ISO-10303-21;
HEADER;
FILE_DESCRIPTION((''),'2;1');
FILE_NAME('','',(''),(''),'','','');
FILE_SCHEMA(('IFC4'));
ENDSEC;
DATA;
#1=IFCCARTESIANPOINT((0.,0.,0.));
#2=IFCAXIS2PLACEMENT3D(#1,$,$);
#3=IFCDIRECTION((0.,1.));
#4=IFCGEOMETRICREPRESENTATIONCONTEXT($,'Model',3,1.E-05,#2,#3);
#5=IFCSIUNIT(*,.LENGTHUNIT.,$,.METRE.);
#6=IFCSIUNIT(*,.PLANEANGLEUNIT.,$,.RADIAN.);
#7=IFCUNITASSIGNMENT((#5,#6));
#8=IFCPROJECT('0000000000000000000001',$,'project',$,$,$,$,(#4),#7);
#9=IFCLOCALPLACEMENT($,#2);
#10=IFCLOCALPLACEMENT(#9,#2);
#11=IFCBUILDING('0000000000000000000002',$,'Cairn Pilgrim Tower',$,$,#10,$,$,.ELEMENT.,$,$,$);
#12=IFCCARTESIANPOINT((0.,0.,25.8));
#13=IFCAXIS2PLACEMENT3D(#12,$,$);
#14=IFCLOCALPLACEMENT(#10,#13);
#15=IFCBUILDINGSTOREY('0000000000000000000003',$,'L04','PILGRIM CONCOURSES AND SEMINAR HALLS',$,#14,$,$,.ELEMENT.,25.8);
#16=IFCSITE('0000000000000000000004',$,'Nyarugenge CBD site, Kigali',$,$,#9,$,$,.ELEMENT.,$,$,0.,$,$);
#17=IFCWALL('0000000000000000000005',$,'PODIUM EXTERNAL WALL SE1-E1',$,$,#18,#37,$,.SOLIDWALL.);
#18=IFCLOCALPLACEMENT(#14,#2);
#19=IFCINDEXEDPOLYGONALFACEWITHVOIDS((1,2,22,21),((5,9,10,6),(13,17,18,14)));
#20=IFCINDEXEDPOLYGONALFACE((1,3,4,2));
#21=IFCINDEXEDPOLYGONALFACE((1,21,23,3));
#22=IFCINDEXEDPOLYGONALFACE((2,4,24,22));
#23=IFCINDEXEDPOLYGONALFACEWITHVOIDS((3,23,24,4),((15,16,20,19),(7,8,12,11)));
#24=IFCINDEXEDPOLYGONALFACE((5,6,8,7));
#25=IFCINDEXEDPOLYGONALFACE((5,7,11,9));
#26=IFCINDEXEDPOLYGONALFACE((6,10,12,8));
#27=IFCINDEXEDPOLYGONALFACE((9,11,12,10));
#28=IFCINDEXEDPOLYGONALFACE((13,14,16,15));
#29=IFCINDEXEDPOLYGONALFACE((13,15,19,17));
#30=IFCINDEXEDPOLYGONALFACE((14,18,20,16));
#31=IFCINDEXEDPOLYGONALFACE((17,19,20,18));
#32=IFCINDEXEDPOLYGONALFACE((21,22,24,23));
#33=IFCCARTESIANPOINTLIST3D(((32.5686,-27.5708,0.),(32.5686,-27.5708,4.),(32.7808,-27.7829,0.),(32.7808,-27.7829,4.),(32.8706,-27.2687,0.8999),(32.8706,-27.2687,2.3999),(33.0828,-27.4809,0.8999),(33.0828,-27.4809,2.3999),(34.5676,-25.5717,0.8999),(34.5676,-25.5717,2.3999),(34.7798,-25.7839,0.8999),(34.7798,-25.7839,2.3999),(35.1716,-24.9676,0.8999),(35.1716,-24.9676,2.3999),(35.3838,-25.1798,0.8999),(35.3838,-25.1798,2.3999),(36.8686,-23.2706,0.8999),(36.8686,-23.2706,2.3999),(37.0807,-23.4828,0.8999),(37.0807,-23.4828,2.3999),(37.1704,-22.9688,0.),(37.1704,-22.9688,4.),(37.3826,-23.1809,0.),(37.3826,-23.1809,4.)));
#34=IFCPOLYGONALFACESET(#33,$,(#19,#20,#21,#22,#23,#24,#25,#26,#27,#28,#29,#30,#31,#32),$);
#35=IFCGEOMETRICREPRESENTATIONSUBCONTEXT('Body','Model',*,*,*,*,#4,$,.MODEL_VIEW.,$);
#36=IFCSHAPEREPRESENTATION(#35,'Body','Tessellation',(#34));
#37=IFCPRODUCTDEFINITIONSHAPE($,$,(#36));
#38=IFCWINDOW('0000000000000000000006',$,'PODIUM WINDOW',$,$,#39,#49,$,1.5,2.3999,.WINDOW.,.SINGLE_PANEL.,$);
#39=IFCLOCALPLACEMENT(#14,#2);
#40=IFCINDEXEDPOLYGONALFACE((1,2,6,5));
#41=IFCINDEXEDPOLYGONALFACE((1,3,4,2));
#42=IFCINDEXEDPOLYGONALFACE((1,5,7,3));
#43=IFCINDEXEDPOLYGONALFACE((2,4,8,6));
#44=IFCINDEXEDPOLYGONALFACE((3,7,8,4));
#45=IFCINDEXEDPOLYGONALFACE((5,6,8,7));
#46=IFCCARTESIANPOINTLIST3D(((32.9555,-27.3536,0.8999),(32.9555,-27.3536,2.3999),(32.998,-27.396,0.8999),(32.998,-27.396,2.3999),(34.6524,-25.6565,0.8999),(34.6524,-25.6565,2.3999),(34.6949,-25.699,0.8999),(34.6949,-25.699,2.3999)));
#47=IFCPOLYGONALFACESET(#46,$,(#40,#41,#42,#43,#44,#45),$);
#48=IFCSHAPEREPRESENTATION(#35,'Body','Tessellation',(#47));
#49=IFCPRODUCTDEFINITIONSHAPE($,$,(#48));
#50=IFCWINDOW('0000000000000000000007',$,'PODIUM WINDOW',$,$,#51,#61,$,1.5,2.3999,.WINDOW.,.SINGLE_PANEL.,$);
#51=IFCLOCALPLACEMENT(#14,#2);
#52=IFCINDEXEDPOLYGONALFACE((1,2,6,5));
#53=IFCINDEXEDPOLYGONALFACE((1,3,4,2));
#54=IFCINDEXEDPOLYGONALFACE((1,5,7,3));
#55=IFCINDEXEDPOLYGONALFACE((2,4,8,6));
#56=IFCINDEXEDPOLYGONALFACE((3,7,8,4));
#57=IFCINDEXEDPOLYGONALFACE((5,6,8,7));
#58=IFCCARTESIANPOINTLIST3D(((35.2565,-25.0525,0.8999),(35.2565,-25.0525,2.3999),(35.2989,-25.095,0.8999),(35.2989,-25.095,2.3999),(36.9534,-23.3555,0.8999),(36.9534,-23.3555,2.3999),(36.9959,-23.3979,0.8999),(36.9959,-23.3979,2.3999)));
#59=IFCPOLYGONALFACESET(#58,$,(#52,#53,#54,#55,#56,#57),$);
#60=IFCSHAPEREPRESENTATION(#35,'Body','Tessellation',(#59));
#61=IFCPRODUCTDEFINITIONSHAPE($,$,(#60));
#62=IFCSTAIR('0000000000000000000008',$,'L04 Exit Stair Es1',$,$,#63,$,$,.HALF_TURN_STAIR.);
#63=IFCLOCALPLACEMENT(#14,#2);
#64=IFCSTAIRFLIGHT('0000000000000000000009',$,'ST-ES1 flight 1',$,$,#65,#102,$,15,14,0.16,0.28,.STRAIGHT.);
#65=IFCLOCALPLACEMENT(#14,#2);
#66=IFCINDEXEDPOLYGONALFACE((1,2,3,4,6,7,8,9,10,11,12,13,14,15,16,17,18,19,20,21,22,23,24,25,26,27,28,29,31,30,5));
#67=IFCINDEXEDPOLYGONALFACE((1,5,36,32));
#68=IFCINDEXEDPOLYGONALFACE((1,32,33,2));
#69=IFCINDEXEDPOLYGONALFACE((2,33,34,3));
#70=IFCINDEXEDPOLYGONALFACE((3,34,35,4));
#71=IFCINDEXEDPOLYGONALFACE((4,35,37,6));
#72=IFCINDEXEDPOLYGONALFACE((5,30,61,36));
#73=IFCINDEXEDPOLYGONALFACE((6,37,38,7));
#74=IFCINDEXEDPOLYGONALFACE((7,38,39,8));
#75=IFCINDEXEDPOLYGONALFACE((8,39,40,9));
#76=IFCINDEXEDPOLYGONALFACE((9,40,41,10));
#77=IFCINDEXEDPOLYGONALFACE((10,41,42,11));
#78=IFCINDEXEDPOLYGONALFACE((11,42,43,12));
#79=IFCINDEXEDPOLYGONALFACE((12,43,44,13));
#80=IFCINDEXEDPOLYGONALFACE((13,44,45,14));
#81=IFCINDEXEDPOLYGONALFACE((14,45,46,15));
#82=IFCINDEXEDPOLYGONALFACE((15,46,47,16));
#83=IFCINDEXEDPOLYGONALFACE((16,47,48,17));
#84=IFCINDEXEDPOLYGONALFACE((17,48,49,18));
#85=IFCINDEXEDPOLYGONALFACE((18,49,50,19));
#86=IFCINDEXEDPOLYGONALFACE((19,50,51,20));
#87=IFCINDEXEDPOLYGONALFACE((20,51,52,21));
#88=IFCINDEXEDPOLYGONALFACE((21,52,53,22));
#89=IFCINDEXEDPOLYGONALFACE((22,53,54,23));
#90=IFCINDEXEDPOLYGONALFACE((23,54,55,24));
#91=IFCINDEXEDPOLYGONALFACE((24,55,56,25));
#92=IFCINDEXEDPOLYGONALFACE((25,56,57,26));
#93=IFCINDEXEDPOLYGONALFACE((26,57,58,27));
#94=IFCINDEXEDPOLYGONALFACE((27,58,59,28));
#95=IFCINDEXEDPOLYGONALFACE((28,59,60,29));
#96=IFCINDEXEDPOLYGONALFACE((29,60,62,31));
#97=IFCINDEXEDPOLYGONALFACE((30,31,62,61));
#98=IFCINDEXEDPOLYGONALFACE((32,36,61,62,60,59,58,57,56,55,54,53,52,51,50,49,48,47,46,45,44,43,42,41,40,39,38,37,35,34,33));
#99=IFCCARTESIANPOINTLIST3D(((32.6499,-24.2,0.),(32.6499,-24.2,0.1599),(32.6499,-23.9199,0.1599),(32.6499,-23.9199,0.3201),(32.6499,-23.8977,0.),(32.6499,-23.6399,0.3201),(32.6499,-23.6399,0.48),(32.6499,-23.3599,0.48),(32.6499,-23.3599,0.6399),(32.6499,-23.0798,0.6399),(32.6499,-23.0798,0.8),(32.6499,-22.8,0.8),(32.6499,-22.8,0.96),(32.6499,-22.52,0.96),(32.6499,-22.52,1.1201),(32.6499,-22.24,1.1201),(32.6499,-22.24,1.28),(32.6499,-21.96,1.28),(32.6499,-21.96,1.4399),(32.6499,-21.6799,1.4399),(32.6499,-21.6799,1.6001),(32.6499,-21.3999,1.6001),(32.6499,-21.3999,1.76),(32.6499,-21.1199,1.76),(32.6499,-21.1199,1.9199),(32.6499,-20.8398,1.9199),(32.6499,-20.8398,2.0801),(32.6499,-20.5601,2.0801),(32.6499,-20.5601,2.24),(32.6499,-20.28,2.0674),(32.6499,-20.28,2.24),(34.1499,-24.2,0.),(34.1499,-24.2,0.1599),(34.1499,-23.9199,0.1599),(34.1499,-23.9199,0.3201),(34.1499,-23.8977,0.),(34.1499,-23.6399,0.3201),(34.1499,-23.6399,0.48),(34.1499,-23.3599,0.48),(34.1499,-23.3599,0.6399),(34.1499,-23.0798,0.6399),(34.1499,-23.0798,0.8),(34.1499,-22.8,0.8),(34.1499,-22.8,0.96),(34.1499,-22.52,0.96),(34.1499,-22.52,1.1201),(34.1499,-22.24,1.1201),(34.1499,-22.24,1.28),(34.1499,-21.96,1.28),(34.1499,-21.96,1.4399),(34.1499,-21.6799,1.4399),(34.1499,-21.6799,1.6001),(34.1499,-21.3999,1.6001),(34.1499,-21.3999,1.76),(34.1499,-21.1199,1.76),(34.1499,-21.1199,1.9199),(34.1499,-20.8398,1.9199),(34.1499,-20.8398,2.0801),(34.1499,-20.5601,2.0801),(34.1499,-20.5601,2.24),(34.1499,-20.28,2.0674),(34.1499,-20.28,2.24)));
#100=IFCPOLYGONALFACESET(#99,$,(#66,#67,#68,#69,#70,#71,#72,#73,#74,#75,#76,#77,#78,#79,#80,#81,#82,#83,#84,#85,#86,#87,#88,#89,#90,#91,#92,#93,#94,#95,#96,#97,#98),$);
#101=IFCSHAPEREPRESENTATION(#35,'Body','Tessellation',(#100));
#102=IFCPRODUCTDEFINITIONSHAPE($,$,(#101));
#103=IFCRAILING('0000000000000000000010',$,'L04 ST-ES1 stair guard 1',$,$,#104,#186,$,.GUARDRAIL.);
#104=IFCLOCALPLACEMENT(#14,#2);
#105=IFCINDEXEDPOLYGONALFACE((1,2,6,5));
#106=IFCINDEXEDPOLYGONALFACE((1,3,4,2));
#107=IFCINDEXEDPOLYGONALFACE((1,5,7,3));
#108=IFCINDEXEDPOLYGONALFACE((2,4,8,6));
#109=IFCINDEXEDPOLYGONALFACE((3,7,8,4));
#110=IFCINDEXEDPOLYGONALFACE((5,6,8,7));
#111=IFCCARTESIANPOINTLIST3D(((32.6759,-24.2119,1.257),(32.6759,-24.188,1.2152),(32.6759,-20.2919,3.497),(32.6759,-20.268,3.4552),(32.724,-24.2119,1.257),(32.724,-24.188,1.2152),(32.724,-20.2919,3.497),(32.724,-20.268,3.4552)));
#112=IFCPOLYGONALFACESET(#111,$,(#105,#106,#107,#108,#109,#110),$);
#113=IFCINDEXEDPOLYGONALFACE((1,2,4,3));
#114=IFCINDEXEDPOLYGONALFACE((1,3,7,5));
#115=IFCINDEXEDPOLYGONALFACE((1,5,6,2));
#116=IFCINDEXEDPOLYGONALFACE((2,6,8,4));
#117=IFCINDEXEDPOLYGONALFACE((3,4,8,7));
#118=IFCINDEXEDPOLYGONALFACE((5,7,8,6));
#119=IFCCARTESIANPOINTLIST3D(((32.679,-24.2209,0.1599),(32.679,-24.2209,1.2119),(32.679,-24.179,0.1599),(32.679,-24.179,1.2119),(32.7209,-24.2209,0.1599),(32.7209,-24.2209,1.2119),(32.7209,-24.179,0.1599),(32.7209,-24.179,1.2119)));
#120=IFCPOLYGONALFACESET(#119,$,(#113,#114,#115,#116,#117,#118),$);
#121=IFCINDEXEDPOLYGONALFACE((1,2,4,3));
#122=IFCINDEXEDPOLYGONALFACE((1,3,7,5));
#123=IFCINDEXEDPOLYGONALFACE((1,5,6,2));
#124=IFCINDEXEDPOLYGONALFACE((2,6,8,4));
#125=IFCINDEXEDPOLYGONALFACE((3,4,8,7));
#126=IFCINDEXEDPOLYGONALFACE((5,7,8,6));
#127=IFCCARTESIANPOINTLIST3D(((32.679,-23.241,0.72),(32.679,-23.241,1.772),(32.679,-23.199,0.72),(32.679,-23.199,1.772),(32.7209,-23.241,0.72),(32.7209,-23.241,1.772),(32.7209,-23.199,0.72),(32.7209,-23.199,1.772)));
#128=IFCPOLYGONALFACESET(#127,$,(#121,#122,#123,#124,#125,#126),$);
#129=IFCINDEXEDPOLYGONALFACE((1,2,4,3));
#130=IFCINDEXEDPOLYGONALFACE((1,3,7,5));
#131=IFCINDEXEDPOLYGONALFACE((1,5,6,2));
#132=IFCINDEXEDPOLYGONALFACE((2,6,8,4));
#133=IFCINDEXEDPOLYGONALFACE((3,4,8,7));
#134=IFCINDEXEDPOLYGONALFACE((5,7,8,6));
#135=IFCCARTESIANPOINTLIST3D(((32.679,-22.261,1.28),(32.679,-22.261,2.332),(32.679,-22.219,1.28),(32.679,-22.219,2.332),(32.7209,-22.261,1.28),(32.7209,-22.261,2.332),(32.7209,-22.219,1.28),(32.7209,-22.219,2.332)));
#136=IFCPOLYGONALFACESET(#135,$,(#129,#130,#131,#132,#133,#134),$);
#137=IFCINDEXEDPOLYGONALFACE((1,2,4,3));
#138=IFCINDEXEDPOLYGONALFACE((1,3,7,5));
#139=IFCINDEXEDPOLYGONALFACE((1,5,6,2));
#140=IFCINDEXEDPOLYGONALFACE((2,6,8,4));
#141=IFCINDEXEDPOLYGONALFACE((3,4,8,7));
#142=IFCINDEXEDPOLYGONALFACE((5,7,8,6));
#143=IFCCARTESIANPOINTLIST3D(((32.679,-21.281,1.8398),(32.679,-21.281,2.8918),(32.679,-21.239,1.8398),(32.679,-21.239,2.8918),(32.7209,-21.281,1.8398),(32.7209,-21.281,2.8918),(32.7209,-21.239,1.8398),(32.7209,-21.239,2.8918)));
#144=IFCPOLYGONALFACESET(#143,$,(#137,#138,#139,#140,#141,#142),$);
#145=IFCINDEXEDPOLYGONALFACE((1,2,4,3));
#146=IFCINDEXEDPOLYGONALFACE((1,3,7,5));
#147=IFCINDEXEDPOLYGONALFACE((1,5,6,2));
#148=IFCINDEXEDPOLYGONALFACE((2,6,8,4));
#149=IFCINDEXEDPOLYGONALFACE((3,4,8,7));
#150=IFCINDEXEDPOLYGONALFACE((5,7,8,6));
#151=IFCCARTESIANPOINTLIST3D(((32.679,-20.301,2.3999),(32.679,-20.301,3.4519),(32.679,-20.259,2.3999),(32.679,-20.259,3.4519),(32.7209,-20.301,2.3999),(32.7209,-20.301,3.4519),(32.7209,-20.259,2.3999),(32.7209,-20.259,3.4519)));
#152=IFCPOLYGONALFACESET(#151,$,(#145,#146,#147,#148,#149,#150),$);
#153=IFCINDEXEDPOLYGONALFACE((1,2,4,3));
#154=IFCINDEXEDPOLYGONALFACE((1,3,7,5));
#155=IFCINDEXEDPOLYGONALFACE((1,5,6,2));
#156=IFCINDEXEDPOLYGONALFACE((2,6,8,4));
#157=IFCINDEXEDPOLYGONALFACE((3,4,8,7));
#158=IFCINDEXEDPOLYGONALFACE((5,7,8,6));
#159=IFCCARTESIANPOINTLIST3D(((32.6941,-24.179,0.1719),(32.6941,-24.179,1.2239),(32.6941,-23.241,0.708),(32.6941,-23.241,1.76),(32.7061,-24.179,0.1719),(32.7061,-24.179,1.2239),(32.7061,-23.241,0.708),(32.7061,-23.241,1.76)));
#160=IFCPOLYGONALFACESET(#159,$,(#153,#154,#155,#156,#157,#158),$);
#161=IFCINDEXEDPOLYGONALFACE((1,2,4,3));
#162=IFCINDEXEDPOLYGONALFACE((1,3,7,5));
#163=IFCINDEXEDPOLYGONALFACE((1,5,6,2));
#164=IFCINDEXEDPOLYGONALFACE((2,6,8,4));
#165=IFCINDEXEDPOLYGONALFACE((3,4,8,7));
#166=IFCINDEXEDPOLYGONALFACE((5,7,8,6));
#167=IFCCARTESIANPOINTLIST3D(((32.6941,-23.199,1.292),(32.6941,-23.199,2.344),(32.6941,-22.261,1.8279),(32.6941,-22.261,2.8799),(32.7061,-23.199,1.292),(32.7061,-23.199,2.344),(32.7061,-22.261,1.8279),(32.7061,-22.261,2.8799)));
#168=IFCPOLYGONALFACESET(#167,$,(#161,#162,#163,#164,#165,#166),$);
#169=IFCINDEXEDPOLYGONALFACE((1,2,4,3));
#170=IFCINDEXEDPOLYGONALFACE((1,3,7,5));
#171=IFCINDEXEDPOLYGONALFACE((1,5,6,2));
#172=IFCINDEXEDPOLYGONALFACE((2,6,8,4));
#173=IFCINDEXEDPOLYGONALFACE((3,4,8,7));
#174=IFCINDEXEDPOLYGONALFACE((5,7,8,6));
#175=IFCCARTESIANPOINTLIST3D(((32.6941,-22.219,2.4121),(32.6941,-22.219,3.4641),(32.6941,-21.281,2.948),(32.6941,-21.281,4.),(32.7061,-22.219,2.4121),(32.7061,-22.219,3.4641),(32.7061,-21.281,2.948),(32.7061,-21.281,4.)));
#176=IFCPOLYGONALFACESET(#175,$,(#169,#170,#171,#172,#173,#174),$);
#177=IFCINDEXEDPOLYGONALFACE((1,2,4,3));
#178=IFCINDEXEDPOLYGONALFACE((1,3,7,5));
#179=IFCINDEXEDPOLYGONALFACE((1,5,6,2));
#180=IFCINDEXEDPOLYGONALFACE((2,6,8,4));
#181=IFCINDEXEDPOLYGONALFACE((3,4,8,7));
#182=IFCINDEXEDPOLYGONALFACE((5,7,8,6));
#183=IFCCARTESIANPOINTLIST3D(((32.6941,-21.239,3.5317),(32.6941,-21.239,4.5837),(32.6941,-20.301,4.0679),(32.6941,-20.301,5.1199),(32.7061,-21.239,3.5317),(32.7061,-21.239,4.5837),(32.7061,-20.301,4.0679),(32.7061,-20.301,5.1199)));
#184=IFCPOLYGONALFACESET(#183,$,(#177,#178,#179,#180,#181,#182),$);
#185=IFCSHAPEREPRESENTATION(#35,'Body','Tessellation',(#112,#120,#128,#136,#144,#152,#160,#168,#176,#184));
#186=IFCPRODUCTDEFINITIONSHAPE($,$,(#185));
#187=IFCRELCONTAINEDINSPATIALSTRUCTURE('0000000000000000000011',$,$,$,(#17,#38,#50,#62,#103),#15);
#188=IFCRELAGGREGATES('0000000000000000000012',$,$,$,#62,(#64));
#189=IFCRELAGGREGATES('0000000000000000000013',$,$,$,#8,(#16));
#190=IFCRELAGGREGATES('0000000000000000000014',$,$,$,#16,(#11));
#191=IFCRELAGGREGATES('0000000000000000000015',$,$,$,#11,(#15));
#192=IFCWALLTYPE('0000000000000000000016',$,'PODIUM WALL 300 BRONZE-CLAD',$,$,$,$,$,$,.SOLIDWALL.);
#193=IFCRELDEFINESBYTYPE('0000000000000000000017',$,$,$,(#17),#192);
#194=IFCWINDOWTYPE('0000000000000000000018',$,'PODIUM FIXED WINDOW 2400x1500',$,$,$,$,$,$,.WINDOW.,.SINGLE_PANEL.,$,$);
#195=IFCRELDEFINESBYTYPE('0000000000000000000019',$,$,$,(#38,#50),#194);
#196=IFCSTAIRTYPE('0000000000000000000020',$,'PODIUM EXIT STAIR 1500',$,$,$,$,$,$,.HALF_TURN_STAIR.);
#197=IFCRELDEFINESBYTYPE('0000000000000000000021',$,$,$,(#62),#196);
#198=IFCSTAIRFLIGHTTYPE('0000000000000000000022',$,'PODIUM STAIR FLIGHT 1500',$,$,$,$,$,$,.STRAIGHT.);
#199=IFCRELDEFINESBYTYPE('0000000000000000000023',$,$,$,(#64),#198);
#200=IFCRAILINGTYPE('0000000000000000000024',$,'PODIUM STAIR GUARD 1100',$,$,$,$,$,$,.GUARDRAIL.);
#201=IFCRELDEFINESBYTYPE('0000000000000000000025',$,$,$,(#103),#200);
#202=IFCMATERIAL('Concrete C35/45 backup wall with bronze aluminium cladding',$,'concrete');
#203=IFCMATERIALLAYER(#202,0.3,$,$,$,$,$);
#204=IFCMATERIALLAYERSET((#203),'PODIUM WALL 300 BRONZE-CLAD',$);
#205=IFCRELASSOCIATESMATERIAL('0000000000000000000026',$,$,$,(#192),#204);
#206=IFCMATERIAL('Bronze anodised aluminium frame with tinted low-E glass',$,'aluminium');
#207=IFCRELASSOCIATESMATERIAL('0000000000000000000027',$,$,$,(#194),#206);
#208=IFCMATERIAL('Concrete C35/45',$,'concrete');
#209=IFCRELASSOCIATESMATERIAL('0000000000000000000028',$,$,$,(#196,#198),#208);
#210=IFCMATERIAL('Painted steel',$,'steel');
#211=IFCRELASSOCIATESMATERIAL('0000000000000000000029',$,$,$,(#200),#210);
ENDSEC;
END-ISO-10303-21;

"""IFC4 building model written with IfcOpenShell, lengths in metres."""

from ifc_helpers import new_model, si_unit, direction, frame, frame_2d, origin, origin_2d, place, context, subcontext, project, spatial, polyline, rectangle, outline, extrude, material, layer, layer_set, type_object, element, fill, aggregate, save


model = new_model("IFC4")

# Units and contexts
model_context = context("Model", 3, precision=1e-05, world=origin(), true_north=direction((0.0, 1.0)))
body_context = subcontext(model_context, "Body", "Model", "MODEL_VIEW")
ifc_project = project(units=[si_unit("LENGTHUNIT", "METRE"), si_unit("PLANEANGLEUNIT", "RADIAN")], contexts=[model_context])

# Site, building, storey
site_placement = place(None, origin())
site = spatial("IfcSite", under=ifc_project, at=site_placement, Name="Nyarugenge CBD site, Kigali", CompositionType="ELEMENT", RefElevation=0.0)
building_placement = place(site_placement, origin())
building = spatial("IfcBuilding", under=site, at=building_placement, Name="Cairn Pilgrim Tower", CompositionType="ELEMENT")
storey_placement = place(building_placement, frame((0.0, 0.0, 25.8)))
storey = spatial("IfcBuildingStorey", under=building, at=storey_placement, Name="L04", Description="PILGRIM CONCOURSES AND SEMINAR HALLS", CompositionType="ELEMENT", Elevation=25.8)

# Shared definitions
ifc_material_1 = material(Name="Concrete C35/45", Category="concrete")

# Wall, openings, windows
ifc_material_2 = material(Name="Concrete C35/45 backup wall with bronze aluminium cladding", Category="concrete")
ifc_layer_1 = layer(ifc_material_2, 0.3)
ifc_layer_set_1 = layer_set([ifc_layer_1], Name="PODIUM WALL 300 BRONZE-CLAD")
wall_type_1 = type_object("IfcWallType", Name="PODIUM WALL 300 BRONZE-CLAD", PredefinedType="SOLIDWALL", material=ifc_layer_set_1)
wall_1_placement = place(storey_placement, frame((32.6748, -27.6768, 0.0), z_axis=(0.0, 0.0, 1.0), x_axis=(0.707088, 0.707126, 0.0)))
wall_1 = element("IfcWall", 1, at=wall_1_placement, inside=storey, type_object=wall_type_1, Name="PODIUM EXTERNAL WALL SE1-E1", PredefinedType="SOLIDWALL", context=body_context, shape_type="SweptSolid", body=[
    extrude(rectangle(XDim=6.5081, YDim=0.3, at=frame_2d((3.2539, 0.0))), origin(), (0.0, 0.0, 1.0), 4.0),
])
opening_1_placement = place(wall_1_placement, frame((0.427, 0.0, 0.8999)))
opening_1 = element("IfcOpeningElement", 2, at=opening_1_placement, cuts=wall_1, PredefinedType="OPENING", context=body_context, shape_type="SweptSolid", body=[
    extrude(rectangle(XDim=2.3999, YDim=1.5, at=frame_2d((1.2, 0.75))), frame((0.0, 0.1602, 0.0), z_axis=(0.0, -1.0, 0.0), x_axis=(1.0, 0.0, 0.0)), (0.0, 0.0, 1.0), 0.3201),
])
opening_2_placement = place(wall_1_placement, frame((3.6812, 0.0, 0.8999)))
opening_2 = element("IfcOpeningElement", 3, at=opening_2_placement, cuts=wall_1, PredefinedType="OPENING", context=body_context, shape_type="SweptSolid", body=[
    extrude(rectangle(XDim=2.3999, YDim=1.5, at=frame_2d((1.2, 0.75))), frame((0.0, 0.1602, 0.0), z_axis=(0.0, -1.0, 0.0), x_axis=(1.0, 0.0, 0.0)), (0.0, 0.0, 1.0), 0.3201),
])
ifc_material_3 = material(Name="Bronze anodised aluminium frame with tinted low-E glass", Category="aluminium")
window_type = type_object("IfcWindowType", Name="PODIUM FIXED WINDOW 2400x1500", PartitioningType="SINGLE_PANEL", PredefinedType="WINDOW", material=ifc_material_3)
window_1_placement = place(opening_1_placement, origin())
window_1 = element("IfcWindow", 4, at=window_1_placement, inside=storey, type_object=window_type, Name="PODIUM WINDOW", OverallHeight=1.5, OverallWidth=2.3999, PartitioningType="SINGLE_PANEL", PredefinedType="WINDOW", context=body_context, shape_type="SweptSolid", body=[
    extrude(rectangle(XDim=2.3999, YDim=1.5, at=frame_2d((1.2, 0.75))), frame((0.0, 0.03, 0.0), z_axis=(0.0, -1.0, 0.0), x_axis=(1.0, 0.0, 0.0)), (0.0, 0.0, 1.0), 0.0601),
])
fill(opening_1, window_1)
window_2_placement = place(opening_2_placement, origin())
window_2 = element("IfcWindow", 5, at=window_2_placement, inside=storey, type_object=window_type, Name="PODIUM WINDOW", OverallHeight=1.5, OverallWidth=2.3999, PartitioningType="SINGLE_PANEL", PredefinedType="WINDOW", context=body_context, shape_type="SweptSolid", body=[
    extrude(rectangle(XDim=2.3999, YDim=1.5, at=frame_2d((1.2, 0.75))), frame((0.0, 0.03, 0.0), z_axis=(0.0, -1.0, 0.0), x_axis=(1.0, 0.0, 0.0)), (0.0, 0.0, 1.0), 0.0601),
])
fill(opening_2, window_2)

# Stair, stair flight
stair_type = type_object("IfcStairType", Name="PODIUM EXIT STAIR 1500", PredefinedType="HALF_TURN_STAIR", material=ifc_material_1)
stair_placement = place(storey_placement, origin())
stair = element("IfcStair", 6, at=stair_placement, inside=storey, type_object=stair_type, Name="L04 Exit Stair Es1", PredefinedType="HALF_TURN_STAIR")
stair_flight_type = type_object("IfcStairFlightType", Name="PODIUM STAIR FLIGHT 1500", PredefinedType="STRAIGHT", material=ifc_material_1)
stair_flight_placement = place(storey_placement, frame((33.3999, -24.2, 0.0), z_axis=(0.0, 0.0, 1.0), x_axis=(0.0, 1.0, 0.0)))
stair_flight = element("IfcStairFlight", 7, at=stair_flight_placement, type_object=stair_flight_type, Name="ST-ES1 flight 1", NumberOfRisers=15, NumberOfTreads=14, PredefinedType="STRAIGHT", RiserHeight=0.16, TreadLength=0.28, context=body_context, shape_type="SweptSolid", body=[
    extrude(outline(polyline([(0.0, 0.0), (0.0, 0.1599), (0.28, 0.1599), (0.28, 0.3201), (0.5601, 0.3201), (0.5601, 0.48), (0.8401, 0.48), (0.8401, 0.6399), (1.1201, 0.6399), (1.1201, 0.8), (1.3999, 0.8), (1.3999, 0.96), (1.6799, 0.96), (1.6799, 1.1201), (1.96, 1.1201), (1.96, 1.28), (2.24, 1.28), (2.24, 1.4399), (2.52, 1.4399), (2.52, 1.6001), (2.8, 1.6001), (2.8, 1.76), (3.0801, 1.76), (3.0801, 1.9199), (3.3601, 1.9199), (3.3601, 2.0801), (3.6399, 2.0801), (3.6399, 2.24), (3.9199, 2.24), (3.9199, 2.3999), (3.9199, 2.0674), (0.3022, 0.0), (0.0, 0.0)])), frame((0.0, 0.75, 0.0), z_axis=(0.0, -1.0, 0.0), x_axis=(1.0, 0.0, 0.0)), (0.0, 0.0, 1.0), 1.5),
])
aggregate(stair, [stair_flight])

# Railing
ifc_material_4 = material(Name="Painted steel", Category="steel")
railing_type_1 = type_object("IfcRailingType", Name="PODIUM STAIR GUARD 1100", PredefinedType="GUARDRAIL", material=ifc_material_4)
railing_1_placement = place(storey_placement, frame((32.7, -24.2, 0.1599)))
element("IfcRailing", 8, at=railing_1_placement, inside=storey, type_object=railing_type_1, Name="L04 ST-ES1 stair guard 1", PredefinedType="GUARDRAIL", context=body_context, shape_type="SweptSolid", body=[
    extrude(rectangle(XDim=0.0481, YDim=0.0481, at=origin_2d()), frame((0.0, 0.0, 1.0762), z_axis=(0.0, 0.86824, 0.496145), x_axis=(-1.0, 0.0, 0.0)), (0.0, 0.0, 1.0), 4.5149),
    extrude(rectangle(XDim=0.042, YDim=0.042, at=origin_2d()), origin(), (0.0, 0.0, 1.0), 1.052),
    extrude(rectangle(XDim=0.042, YDim=0.042, at=origin_2d()), frame((0.0, 0.98, 0.5601)), (0.0, 0.0, 1.0), 1.052),
    extrude(rectangle(XDim=0.042, YDim=0.042, at=origin_2d()), frame((0.0, 1.96, 1.1201)), (0.0, 0.0, 1.0), 1.052),
    extrude(rectangle(XDim=0.042, YDim=0.042, at=origin_2d()), frame((0.0, 2.9399, 1.6799)), (0.0, 0.0, 1.0), 1.052),
    extrude(rectangle(XDim=0.042, YDim=0.042, at=origin_2d()), frame((0.0, 3.9199, 2.24)), (0.0, 0.0, 1.0), 1.052),
    extrude(outline(polyline([(0.021, 0.012), (0.959, 0.5481), (0.959, 1.6001), (0.021, 1.064), (0.021, 0.012)])), frame((-0.0059, 0.0, 0.0), z_axis=(1.0, 0.0, 0.0), x_axis=(0.0, 1.0, 0.0)), (0.0, 0.0, 1.0), 0.012),
    extrude(outline(polyline([(0.021, 0.572), (0.959, 1.1079), (0.959, 2.1599), (0.021, 1.624), (0.021, 0.572)])), frame((-0.0059, 0.98, 0.5601), z_axis=(1.0, 0.0, 0.0), x_axis=(0.0, 1.0, 0.0)), (0.0, 0.0, 1.0), 0.012),
    extrude(outline(polyline([(0.021, 1.1321), (0.959, 1.668), (0.959, 2.72), (0.021, 2.1841), (0.021, 1.1321)])), frame((-0.0059, 1.96, 1.1201), z_axis=(1.0, 0.0, 0.0), x_axis=(0.0, 1.0, 0.0)), (0.0, 0.0, 1.0), 0.012),
    extrude(outline(polyline([(0.021, 1.6919), (0.959, 2.228), (0.959, 3.28), (0.021, 2.7439), (0.021, 1.6919)])), frame((-0.0059, 2.9399, 1.6799), z_axis=(1.0, 0.0, 0.0), x_axis=(0.0, 1.0, 0.0)), (0.0, 0.0, 1.0), 0.012),
])

save(model, "model.ifc")
